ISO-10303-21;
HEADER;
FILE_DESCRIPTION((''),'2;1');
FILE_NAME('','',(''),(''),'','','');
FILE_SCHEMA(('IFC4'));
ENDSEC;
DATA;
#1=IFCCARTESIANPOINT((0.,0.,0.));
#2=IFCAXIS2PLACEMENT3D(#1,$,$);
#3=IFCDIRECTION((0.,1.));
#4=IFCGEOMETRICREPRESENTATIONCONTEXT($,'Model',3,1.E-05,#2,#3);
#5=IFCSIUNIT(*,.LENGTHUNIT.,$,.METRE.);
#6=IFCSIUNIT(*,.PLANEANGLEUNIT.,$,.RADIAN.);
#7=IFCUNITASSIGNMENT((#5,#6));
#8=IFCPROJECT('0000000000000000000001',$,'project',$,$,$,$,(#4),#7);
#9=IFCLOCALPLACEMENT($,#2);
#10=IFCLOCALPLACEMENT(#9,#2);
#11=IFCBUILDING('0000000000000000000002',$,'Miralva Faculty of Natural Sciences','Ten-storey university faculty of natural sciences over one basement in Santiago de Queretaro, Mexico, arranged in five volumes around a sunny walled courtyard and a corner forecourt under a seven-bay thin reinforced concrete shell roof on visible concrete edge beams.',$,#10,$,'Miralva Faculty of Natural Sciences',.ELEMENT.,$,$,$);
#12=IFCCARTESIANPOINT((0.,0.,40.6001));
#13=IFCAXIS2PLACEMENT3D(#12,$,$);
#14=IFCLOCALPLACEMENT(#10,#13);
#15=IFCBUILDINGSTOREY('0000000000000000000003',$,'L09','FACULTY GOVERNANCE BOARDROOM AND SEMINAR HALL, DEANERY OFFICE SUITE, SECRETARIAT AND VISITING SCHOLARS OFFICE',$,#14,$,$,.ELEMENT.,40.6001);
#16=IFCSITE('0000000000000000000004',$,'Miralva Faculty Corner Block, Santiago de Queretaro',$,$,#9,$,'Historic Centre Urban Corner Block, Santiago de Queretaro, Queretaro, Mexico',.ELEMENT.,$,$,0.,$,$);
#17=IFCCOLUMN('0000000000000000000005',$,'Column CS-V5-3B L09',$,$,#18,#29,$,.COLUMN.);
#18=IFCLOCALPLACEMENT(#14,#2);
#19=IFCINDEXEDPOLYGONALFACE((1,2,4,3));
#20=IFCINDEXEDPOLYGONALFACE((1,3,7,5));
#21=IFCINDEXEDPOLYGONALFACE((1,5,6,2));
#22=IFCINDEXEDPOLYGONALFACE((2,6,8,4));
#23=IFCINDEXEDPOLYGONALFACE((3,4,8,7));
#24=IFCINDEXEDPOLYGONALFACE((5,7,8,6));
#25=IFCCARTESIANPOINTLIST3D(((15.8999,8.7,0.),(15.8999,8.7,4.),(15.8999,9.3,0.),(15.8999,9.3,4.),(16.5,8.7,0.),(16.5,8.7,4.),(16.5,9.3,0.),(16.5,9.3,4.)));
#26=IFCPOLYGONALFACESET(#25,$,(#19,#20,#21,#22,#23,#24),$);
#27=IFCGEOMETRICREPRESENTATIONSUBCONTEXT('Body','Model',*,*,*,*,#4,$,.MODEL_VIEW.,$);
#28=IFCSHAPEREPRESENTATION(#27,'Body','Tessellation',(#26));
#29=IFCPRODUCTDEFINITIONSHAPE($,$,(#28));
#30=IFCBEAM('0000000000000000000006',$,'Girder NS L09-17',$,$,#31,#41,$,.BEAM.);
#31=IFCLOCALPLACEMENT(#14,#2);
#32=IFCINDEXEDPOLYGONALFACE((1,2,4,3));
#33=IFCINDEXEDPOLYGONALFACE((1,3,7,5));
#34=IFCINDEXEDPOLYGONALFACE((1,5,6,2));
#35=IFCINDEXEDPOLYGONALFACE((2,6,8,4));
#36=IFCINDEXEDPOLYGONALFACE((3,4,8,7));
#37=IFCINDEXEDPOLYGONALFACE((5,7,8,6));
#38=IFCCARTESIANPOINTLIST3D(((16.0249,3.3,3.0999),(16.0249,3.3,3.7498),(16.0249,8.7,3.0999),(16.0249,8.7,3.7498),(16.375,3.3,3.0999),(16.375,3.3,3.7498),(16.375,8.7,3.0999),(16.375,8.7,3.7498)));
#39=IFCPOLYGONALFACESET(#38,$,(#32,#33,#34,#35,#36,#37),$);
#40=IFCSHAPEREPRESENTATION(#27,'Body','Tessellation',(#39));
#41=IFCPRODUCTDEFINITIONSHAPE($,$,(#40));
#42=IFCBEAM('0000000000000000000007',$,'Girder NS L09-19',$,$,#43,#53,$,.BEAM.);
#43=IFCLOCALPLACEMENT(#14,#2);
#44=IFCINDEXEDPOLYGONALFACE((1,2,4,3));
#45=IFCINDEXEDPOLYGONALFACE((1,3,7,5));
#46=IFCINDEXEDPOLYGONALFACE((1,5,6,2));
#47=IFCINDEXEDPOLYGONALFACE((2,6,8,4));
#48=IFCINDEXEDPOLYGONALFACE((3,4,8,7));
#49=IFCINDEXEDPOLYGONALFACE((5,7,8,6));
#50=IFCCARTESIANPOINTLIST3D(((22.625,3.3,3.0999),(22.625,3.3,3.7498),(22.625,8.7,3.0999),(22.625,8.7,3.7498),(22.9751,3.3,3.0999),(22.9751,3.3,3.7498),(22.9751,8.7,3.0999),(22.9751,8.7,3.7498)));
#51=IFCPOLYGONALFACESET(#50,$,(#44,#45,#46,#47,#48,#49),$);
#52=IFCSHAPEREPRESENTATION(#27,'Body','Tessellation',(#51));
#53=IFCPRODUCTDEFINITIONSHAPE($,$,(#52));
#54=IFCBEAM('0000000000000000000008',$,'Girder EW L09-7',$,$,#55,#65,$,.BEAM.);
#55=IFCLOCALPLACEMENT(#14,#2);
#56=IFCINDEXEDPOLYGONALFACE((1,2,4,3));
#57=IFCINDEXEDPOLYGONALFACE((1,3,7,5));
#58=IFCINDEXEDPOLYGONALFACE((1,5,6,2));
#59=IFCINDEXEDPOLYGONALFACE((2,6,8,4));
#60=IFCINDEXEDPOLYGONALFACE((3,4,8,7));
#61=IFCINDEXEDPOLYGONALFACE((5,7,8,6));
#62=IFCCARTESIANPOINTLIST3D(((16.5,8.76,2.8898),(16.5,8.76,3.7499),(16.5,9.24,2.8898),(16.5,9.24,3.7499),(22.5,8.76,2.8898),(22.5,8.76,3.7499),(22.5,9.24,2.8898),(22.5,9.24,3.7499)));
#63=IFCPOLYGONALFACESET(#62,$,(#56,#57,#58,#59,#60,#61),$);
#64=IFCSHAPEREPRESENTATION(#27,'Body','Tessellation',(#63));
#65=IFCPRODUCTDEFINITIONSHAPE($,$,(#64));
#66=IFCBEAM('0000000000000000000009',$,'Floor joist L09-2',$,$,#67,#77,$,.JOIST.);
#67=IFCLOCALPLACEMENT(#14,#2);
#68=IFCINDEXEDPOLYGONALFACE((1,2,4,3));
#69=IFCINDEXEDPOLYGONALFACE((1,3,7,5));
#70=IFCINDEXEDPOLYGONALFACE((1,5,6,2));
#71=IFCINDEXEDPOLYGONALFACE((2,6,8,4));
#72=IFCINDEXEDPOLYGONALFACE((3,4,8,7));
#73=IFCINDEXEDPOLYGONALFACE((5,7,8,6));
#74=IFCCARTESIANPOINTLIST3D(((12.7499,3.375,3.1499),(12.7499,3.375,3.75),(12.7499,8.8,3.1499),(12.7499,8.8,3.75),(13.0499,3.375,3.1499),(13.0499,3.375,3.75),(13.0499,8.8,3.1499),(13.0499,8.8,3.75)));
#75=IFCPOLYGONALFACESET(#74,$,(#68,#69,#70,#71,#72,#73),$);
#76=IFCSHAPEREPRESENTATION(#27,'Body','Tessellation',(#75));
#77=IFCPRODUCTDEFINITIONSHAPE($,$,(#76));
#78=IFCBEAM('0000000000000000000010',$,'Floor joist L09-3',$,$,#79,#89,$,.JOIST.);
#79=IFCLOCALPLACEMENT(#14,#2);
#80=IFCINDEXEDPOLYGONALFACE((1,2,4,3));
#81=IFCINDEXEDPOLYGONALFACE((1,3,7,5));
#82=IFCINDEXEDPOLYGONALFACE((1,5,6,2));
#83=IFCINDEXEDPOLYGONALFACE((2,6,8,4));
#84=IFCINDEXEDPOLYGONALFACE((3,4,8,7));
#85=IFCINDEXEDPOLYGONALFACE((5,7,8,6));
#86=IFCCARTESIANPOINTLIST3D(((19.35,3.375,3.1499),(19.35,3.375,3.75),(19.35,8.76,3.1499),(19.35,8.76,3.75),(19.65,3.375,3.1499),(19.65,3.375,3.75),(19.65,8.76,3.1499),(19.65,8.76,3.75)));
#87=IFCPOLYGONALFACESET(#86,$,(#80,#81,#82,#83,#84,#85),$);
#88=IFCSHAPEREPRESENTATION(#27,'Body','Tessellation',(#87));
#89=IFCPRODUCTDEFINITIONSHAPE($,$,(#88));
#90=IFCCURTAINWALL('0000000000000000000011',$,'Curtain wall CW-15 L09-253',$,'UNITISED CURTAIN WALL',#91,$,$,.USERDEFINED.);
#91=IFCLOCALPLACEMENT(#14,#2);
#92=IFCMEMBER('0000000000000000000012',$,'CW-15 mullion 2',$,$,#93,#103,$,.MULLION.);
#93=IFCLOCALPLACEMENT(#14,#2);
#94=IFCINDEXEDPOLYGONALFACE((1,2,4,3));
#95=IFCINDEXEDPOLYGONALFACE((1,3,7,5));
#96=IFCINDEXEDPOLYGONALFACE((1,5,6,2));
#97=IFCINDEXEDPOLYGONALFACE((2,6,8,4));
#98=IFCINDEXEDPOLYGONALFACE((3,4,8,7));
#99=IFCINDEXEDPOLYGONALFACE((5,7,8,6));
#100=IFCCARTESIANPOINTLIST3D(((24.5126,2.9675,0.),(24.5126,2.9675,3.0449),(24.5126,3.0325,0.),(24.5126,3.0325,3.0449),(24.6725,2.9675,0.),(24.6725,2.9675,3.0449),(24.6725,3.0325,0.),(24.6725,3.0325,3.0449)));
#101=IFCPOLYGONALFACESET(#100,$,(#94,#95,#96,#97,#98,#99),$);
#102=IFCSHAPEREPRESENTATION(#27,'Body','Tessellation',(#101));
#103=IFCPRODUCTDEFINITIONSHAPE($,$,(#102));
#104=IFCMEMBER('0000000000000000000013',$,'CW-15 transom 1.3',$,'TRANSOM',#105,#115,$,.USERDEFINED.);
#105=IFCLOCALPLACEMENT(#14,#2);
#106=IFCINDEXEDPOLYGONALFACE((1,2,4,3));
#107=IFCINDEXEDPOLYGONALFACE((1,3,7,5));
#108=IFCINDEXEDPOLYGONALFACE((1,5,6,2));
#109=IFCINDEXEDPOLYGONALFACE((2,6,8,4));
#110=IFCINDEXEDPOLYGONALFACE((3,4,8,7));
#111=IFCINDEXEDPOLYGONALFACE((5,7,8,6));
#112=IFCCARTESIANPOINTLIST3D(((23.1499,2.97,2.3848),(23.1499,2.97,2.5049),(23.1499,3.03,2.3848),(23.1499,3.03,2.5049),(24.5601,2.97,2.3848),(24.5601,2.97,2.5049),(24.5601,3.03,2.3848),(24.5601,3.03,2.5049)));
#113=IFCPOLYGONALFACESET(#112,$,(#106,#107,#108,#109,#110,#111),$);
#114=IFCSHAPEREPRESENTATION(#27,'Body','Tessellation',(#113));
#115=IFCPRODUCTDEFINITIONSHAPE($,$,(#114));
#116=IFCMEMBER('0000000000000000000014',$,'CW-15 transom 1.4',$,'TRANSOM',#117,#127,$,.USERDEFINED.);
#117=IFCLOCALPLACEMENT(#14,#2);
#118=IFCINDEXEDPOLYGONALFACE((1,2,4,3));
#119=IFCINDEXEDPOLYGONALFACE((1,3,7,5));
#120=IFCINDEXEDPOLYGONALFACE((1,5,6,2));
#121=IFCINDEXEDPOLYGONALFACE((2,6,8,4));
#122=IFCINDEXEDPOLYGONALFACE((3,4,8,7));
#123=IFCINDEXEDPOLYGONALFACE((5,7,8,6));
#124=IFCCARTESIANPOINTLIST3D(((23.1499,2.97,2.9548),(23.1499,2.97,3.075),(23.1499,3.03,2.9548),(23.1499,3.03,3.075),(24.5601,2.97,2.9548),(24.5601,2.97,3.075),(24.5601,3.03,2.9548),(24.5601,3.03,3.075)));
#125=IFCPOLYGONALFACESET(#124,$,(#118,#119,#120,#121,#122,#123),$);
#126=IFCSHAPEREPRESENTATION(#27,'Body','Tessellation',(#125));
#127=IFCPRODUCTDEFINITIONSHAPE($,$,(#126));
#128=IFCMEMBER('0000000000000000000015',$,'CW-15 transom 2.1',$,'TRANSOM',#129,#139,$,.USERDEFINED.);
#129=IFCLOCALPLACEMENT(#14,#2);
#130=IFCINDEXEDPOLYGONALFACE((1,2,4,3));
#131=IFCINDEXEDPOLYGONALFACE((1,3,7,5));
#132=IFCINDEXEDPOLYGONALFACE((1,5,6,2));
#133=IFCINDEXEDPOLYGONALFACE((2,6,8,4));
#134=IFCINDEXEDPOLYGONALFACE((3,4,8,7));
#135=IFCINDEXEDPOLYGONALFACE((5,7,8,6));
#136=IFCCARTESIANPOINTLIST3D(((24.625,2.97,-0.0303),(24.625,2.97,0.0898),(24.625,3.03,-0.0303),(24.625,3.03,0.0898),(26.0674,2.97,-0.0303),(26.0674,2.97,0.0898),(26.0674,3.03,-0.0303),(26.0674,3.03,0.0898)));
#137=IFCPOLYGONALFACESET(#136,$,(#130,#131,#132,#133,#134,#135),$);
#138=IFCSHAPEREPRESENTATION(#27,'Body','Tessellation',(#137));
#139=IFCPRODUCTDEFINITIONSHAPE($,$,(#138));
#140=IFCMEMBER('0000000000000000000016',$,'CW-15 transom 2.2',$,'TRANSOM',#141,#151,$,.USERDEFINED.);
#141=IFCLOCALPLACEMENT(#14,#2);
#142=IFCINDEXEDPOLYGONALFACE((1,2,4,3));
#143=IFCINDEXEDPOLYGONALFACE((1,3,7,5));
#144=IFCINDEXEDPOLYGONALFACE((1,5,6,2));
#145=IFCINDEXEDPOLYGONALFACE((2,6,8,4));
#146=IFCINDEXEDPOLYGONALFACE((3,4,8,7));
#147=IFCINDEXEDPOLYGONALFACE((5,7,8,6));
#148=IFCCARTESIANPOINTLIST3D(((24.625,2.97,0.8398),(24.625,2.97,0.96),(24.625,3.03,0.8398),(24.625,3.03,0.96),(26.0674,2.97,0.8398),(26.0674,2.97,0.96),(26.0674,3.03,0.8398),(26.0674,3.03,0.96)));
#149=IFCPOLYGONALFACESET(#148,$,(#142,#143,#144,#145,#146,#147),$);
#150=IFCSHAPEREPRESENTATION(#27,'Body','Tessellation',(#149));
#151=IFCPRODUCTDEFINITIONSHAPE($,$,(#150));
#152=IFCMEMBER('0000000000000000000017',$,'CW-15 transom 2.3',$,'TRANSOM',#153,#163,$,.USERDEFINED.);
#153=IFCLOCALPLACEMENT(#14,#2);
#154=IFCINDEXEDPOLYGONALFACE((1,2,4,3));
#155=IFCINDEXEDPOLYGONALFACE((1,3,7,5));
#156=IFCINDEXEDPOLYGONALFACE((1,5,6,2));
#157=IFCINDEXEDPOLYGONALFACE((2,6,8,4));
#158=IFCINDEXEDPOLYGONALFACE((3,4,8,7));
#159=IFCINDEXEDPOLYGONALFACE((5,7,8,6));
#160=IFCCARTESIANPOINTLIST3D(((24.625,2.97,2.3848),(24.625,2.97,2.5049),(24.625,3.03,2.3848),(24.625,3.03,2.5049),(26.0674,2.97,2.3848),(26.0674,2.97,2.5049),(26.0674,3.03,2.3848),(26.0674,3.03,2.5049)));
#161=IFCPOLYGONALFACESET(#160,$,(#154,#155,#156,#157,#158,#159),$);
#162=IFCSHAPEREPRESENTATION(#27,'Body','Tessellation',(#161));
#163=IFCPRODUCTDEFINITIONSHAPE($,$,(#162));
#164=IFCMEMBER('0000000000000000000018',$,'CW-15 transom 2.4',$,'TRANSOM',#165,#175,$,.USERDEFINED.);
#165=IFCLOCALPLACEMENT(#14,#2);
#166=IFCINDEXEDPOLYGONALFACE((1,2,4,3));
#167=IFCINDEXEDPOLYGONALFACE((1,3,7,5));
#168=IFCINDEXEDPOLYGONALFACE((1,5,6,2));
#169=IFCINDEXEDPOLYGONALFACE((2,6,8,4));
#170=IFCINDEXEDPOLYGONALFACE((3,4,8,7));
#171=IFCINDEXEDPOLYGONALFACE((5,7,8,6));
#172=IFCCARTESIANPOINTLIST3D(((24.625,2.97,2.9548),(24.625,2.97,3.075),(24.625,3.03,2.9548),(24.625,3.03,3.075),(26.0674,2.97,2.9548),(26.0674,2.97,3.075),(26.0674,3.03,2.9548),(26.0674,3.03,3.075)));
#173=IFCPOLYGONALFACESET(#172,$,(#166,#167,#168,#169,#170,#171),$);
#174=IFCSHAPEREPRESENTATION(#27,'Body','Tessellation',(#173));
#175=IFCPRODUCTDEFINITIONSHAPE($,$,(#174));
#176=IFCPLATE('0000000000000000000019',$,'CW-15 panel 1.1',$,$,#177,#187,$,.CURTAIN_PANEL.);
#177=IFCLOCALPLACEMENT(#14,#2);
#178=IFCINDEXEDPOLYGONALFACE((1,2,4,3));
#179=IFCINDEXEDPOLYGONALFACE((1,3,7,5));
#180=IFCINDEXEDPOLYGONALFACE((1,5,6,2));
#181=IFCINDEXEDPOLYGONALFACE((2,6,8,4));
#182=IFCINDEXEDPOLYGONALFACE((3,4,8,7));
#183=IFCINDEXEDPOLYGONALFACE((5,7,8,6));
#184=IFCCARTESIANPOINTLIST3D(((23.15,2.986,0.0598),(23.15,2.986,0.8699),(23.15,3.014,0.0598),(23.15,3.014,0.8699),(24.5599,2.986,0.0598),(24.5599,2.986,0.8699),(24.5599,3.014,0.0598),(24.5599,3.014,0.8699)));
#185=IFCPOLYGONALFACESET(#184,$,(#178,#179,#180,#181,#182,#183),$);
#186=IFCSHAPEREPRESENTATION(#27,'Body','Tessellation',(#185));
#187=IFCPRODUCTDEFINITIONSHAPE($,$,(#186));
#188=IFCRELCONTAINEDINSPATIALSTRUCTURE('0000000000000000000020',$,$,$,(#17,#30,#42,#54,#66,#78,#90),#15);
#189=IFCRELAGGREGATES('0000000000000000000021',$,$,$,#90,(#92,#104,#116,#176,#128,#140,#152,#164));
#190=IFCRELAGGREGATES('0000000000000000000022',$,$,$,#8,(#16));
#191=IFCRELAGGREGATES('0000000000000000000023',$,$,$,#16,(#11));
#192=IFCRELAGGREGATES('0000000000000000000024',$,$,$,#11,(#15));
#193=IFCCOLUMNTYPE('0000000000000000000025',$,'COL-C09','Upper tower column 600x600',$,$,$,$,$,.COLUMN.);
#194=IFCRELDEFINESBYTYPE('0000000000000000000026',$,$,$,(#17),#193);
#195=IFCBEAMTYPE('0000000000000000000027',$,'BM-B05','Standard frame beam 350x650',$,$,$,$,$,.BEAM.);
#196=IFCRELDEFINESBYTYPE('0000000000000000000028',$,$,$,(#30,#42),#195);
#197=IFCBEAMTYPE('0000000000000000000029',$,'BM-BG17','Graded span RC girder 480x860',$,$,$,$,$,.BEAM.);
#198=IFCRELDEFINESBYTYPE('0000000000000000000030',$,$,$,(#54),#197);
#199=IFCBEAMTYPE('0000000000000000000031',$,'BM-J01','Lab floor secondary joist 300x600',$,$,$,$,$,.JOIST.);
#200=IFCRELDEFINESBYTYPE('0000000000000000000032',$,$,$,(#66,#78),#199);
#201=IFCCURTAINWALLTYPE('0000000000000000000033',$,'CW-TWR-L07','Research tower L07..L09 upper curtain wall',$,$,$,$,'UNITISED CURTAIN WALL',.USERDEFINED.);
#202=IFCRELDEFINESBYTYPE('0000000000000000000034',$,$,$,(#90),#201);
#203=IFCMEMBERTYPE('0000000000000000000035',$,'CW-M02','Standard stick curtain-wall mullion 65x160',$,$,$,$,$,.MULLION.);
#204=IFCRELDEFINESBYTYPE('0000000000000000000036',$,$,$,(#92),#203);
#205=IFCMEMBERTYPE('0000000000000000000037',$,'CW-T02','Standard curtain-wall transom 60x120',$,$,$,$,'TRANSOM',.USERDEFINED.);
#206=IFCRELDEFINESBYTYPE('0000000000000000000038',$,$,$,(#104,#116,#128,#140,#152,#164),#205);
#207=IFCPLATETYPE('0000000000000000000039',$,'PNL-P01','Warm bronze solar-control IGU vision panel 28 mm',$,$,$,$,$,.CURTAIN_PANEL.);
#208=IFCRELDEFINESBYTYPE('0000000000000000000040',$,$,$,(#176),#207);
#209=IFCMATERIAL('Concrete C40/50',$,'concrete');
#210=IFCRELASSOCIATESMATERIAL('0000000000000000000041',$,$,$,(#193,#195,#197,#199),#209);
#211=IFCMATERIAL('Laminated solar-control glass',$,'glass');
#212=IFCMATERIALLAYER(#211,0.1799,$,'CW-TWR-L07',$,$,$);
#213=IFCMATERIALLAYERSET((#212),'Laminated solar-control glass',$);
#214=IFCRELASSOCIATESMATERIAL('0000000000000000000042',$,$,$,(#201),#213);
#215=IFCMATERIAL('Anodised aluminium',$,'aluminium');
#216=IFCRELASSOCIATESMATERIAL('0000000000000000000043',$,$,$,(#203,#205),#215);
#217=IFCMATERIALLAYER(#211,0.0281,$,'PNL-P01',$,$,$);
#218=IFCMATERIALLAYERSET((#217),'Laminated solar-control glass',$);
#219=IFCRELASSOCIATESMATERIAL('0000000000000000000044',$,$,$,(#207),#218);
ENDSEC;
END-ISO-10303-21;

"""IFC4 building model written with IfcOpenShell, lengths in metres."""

from ifc_helpers import new_model, si_unit, direction, frame, origin, origin_2d, place, context, subcontext, project, spatial, rectangle, extrude, material, layer, layer_set, material_profile, profile_set, type_object, element, aggregate, save


model = new_model("IFC4")

# Units and contexts
model_context = context("Model", 3, precision=1e-05, world=origin(), true_north=direction((0.0, 1.0)))
body_context = subcontext(model_context, "Body", "Model", "MODEL_VIEW")
ifc_project = project(units=[si_unit("LENGTHUNIT", "METRE"), si_unit("PLANEANGLEUNIT", "RADIAN")], contexts=[model_context])

# Site, building, storey
site_placement = place(None, origin())
site = spatial("IfcSite", under=ifc_project, at=site_placement, Name="Miralva Faculty Corner Block, Santiago de Queretaro", LongName="Historic Centre Urban Corner Block, Santiago de Queretaro, Queretaro, Mexico", CompositionType="ELEMENT", RefElevation=0.0)
building_placement = place(site_placement, origin())
building = spatial("IfcBuilding", under=site, at=building_placement, Name="Miralva Faculty of Natural Sciences", Description="Ten-storey university faculty of natural sciences over one basement in Santiago de Queretaro, Mexico, arranged in five volumes around a sunny walled courtyard and a corner forecourt under a seven-bay thin reinforced concrete shell roof on visible concrete edge beams.", LongName="Miralva Faculty of Natural Sciences", CompositionType="ELEMENT")
storey_placement = place(building_placement, frame((0.0, 0.0, 40.6001)))
storey = spatial("IfcBuildingStorey", under=building, at=storey_placement, Name="L09", Description="FACULTY GOVERNANCE BOARDROOM AND SEMINAR HALL, DEANERY OFFICE SUITE, SECRETARIAT AND VISITING SCHOLARS OFFICE", CompositionType="ELEMENT", Elevation=40.6001)

# Column
ifc_material_1 = material(Name="Concrete C40/50", Category="concrete")
ifc_material_profile_1 = material_profile(ifc_material_1, rectangle(XDim=0.6001, YDim=0.6001, at=origin_2d()), Name="RC 600x600")
ifc_profile_set_1 = profile_set([ifc_material_profile_1], Name="Concrete C40/50")
column_type = type_object("IfcColumnType", Name="COL-C09", Description="Upper tower column 600x600", PredefinedType="COLUMN", material=ifc_profile_set_1)
column_placement = place(storey_placement, frame((16.2, 9.0, 0.0), z_axis=(0.0, 0.0, 1.0), x_axis=(1.0, 0.0, 0.0)))
element("IfcColumn", 1, at=column_placement, inside=storey, type_object=column_type, Name="Column CS-V5-3B L09", PredefinedType="COLUMN", context=body_context, shape_type="SweptSolid", body=[
    extrude(rectangle(XDim=0.6001, YDim=0.6001, at=origin_2d()), origin(), (0.0, 0.0, 1.0), 4.0),
])

# Beams
ifc_material_profile_2 = material_profile(ifc_material_1, rectangle(XDim=0.3501, YDim=0.6499, at=origin_2d()), Name="RC 350x650")
ifc_profile_set_2 = profile_set([ifc_material_profile_2], Name="Concrete C40/50")
beam_type_1 = type_object("IfcBeamType", Name="BM-B05", Description="Standard frame beam 350x650", PredefinedType="BEAM", material=ifc_profile_set_2)
for number, where, z_axis, x_axis, name in (
    (2, (16.2, 3.3, 3.4248), (0.0, 1.0, 0.0), (-1.0, 0.0, 0.0), "Girder NS L09-17"),
    (3, (22.8, 3.3, 3.4248), (0.0, 1.0, 0.0), (-1.0, 0.0, 0.0), "Girder NS L09-19"),
):
    element("IfcBeam", number, at=place(storey_placement, frame(where, z_axis=z_axis, x_axis=x_axis)), inside=storey, type_object=beam_type_1, Name=name, PredefinedType="BEAM", context=body_context, shape_type="SweptSolid", body=[
        extrude(rectangle(XDim=0.3501, YDim=0.6499, at=origin_2d()), origin(), (0.0, 0.0, 1.0), 5.3999),
    ])
ifc_material_profile_3 = material_profile(ifc_material_1, rectangle(XDim=0.48, YDim=0.8601, at=origin_2d()), Name="RC 480x860")
ifc_profile_set_3 = profile_set([ifc_material_profile_3], Name="Concrete C40/50")
beam_type_2 = type_object("IfcBeamType", Name="BM-BG17", Description="Graded span RC girder 480x860", PredefinedType="BEAM", material=ifc_profile_set_3)
beam_1_placement = place(storey_placement, frame((16.5, 9.0, 3.3198), z_axis=(1.0, 0.0, 0.0), x_axis=(0.0, 1.0, 0.0)))
element("IfcBeam", 4, at=beam_1_placement, inside=storey, type_object=beam_type_2, Name="Girder EW L09-7", PredefinedType="BEAM", context=body_context, shape_type="SweptSolid", body=[
    extrude(rectangle(XDim=0.48, YDim=0.8601, at=origin_2d()), origin(), (0.0, 0.0, 1.0), 6.0),
])
ifc_material_profile_4 = material_profile(ifc_material_1, rectangle(XDim=0.3, YDim=0.6001, at=origin_2d()), Name="RC 300x600")
ifc_profile_set_4 = profile_set([ifc_material_profile_4], Name="Concrete C40/50")
beam_type_3 = type_object("IfcBeamType", Name="BM-J01", Description="Lab floor secondary joist 300x600", PredefinedType="JOIST", material=ifc_profile_set_4)
beam_2_placement = place(storey_placement, frame((12.8999, 3.375, 3.45), z_axis=(0.0, 1.0, 0.0), x_axis=(-1.0, 0.0, 0.0)))
element("IfcBeam", 5, at=beam_2_placement, inside=storey, type_object=beam_type_3, Name="Floor joist L09-2", PredefinedType="JOIST", context=body_context, shape_type="SweptSolid", body=[
    extrude(rectangle(XDim=0.3, YDim=0.6001, at=origin_2d()), origin(), (0.0, 0.0, 1.0), 5.425),
])
beam_3_placement = place(storey_placement, frame((19.5, 3.375, 3.45), z_axis=(0.0, 1.0, 0.0), x_axis=(-1.0, 0.0, 0.0)))
element("IfcBeam", 6, at=beam_3_placement, inside=storey, type_object=beam_type_3, Name="Floor joist L09-3", PredefinedType="JOIST", context=body_context, shape_type="SweptSolid", body=[
    extrude(rectangle(XDim=0.3, YDim=0.6001, at=origin_2d()), origin(), (0.0, 0.0, 1.0), 5.385),
])

# Curtain wall, members, plate
ifc_material_2 = material(Name="Laminated solar-control glass", Category="glass")
ifc_layer_1 = layer(ifc_material_2, 0.1799, Name="CW-TWR-L07")
ifc_layer_set_1 = layer_set([ifc_layer_1], Name="Laminated solar-control glass")
curtain_wall_type = type_object("IfcCurtainWallType", Name="CW-TWR-L07", Description="Research tower L07..L09 upper curtain wall", ElementType="UNITISED CURTAIN WALL", PredefinedType="USERDEFINED", material=ifc_layer_set_1)
curtain_wall_placement = place(storey_placement, origin())
curtain_wall = element("IfcCurtainWall", 7, at=curtain_wall_placement, inside=storey, type_object=curtain_wall_type, Name="Curtain wall CW-15 L09-253", ObjectType="UNITISED CURTAIN WALL", PredefinedType="USERDEFINED")
ifc_material_3 = material(Name="Anodised aluminium", Category="aluminium")
ifc_material_profile_5 = material_profile(ifc_material_3, rectangle(XDim=0.0649, YDim=0.1599, at=origin_2d()), Name="MULLION 65x160")
ifc_profile_set_5 = profile_set([ifc_material_profile_5], Name="Anodised aluminium")
member_type_1 = type_object("IfcMemberType", Name="CW-M02", Description="Standard stick curtain-wall mullion 65x160", PredefinedType="MULLION", material=ifc_profile_set_5)
member_1_placement = place(storey_placement, frame((24.5925, 3.0, 0.0), z_axis=(0.0, 0.0, 1.0), x_axis=(0.0, 1.0, 0.0)))
member_1 = element("IfcMember", 8, at=member_1_placement, type_object=member_type_1, Name="CW-15 mullion 2", PredefinedType="MULLION", context=body_context, shape_type="SweptSolid", body=[
    extrude(rectangle(XDim=0.0649, YDim=0.1599, at=origin_2d()), origin(), (0.0, 0.0, 1.0), 3.0449),
])
ifc_material_profile_6 = material_profile(ifc_material_3, rectangle(XDim=0.0601, YDim=0.1201, at=origin_2d()), Name="TRANSOM 60x120")
ifc_profile_set_6 = profile_set([ifc_material_profile_6], Name="Anodised aluminium")
member_type_2 = type_object("IfcMemberType", Name="CW-T02", Description="Standard curtain-wall transom 60x120", ElementType="TRANSOM", PredefinedType="USERDEFINED", material=ifc_profile_set_6)
member_2_placement = place(storey_placement, frame((23.1499, 3.0, 2.4448), z_axis=(1.0, 0.0, 0.0), x_axis=(0.0, 1.0, 0.0)))
member_2 = element("IfcMember", 9, at=member_2_placement, type_object=member_type_2, Name="CW-15 transom 1.3", ObjectType="TRANSOM", PredefinedType="USERDEFINED", context=body_context, shape_type="SweptSolid", body=[
    extrude(rectangle(XDim=0.0601, YDim=0.1201, at=origin_2d()), origin(), (0.0, 0.0, 1.0), 1.4102),
])
member_3_placement = place(storey_placement, frame((23.1499, 3.0, 3.0149), z_axis=(1.0, 0.0, 0.0), x_axis=(0.0, 1.0, 0.0)))
member_3 = element("IfcMember", 10, at=member_3_placement, type_object=member_type_2, Name="CW-15 transom 1.4", ObjectType="TRANSOM", PredefinedType="USERDEFINED", context=body_context, shape_type="SweptSolid", body=[
    extrude(rectangle(XDim=0.0601, YDim=0.1201, at=origin_2d()), origin(), (0.0, 0.0, 1.0), 1.4102),
])
member_4_placement = place(storey_placement, frame((24.625, 3.0, 0.0298), z_axis=(1.0, 0.0, 0.0), x_axis=(0.0, 1.0, 0.0)))
member_4 = element("IfcMember", 11, at=member_4_placement, type_object=member_type_2, Name="CW-15 transom 2.1", ObjectType="TRANSOM", PredefinedType="USERDEFINED", context=body_context, shape_type="SweptSolid", body=[
    extrude(rectangle(XDim=0.0601, YDim=0.1201, at=origin_2d()), origin(), (0.0, 0.0, 1.0), 1.4424),
])
member_5_placement = place(storey_placement, frame((24.625, 3.0, 0.8999), z_axis=(1.0, 0.0, 0.0), x_axis=(0.0, 1.0, 0.0)))
member_5 = element("IfcMember", 12, at=member_5_placement, type_object=member_type_2, Name="CW-15 transom 2.2", ObjectType="TRANSOM", PredefinedType="USERDEFINED", context=body_context, shape_type="SweptSolid", body=[
    extrude(rectangle(XDim=0.0601, YDim=0.1201, at=origin_2d()), origin(), (0.0, 0.0, 1.0), 1.4424),
])
member_6_placement = place(storey_placement, frame((24.625, 3.0, 2.4448), z_axis=(1.0, 0.0, 0.0), x_axis=(0.0, 1.0, 0.0)))
member_6 = element("IfcMember", 13, at=member_6_placement, type_object=member_type_2, Name="CW-15 transom 2.3", ObjectType="TRANSOM", PredefinedType="USERDEFINED", context=body_context, shape_type="SweptSolid", body=[
    extrude(rectangle(XDim=0.0601, YDim=0.1201, at=origin_2d()), origin(), (0.0, 0.0, 1.0), 1.4424),
])
member_7_placement = place(storey_placement, frame((24.625, 3.0, 3.0149), z_axis=(1.0, 0.0, 0.0), x_axis=(0.0, 1.0, 0.0)))
member_7 = element("IfcMember", 14, at=member_7_placement, type_object=member_type_2, Name="CW-15 transom 2.4", ObjectType="TRANSOM", PredefinedType="USERDEFINED", context=body_context, shape_type="SweptSolid", body=[
    extrude(rectangle(XDim=0.0601, YDim=0.1201, at=origin_2d()), origin(), (0.0, 0.0, 1.0), 1.4424),
])
ifc_layer_2 = layer(ifc_material_2, 0.0281, Name="PNL-P01")
ifc_layer_set_2 = layer_set([ifc_layer_2], Name="Laminated solar-control glass")
plate_type = type_object("IfcPlateType", Name="PNL-P01", Description="Warm bronze solar-control IGU vision panel 28 mm", PredefinedType="CURTAIN_PANEL", material=ifc_layer_set_2)
plate_1_placement = place(storey_placement, frame((23.855, 3.0, 0.0598), z_axis=(0.0, 0.0, 1.0), x_axis=(1.0, 0.0, 0.0)))
plate_1 = element("IfcPlate", 15, at=plate_1_placement, type_object=plate_type, Name="CW-15 panel 1.1", PredefinedType="CURTAIN_PANEL", context=body_context, shape_type="SweptSolid", body=[
    extrude(rectangle(XDim=1.4099, YDim=0.0281, at=origin_2d()), origin(), (0.0, 0.0, 1.0), 0.8101),
])
aggregate(curtain_wall, [member_1, member_2, member_3, plate_1, member_4, member_5, member_6, member_7])

save(model, "model.ifc")
